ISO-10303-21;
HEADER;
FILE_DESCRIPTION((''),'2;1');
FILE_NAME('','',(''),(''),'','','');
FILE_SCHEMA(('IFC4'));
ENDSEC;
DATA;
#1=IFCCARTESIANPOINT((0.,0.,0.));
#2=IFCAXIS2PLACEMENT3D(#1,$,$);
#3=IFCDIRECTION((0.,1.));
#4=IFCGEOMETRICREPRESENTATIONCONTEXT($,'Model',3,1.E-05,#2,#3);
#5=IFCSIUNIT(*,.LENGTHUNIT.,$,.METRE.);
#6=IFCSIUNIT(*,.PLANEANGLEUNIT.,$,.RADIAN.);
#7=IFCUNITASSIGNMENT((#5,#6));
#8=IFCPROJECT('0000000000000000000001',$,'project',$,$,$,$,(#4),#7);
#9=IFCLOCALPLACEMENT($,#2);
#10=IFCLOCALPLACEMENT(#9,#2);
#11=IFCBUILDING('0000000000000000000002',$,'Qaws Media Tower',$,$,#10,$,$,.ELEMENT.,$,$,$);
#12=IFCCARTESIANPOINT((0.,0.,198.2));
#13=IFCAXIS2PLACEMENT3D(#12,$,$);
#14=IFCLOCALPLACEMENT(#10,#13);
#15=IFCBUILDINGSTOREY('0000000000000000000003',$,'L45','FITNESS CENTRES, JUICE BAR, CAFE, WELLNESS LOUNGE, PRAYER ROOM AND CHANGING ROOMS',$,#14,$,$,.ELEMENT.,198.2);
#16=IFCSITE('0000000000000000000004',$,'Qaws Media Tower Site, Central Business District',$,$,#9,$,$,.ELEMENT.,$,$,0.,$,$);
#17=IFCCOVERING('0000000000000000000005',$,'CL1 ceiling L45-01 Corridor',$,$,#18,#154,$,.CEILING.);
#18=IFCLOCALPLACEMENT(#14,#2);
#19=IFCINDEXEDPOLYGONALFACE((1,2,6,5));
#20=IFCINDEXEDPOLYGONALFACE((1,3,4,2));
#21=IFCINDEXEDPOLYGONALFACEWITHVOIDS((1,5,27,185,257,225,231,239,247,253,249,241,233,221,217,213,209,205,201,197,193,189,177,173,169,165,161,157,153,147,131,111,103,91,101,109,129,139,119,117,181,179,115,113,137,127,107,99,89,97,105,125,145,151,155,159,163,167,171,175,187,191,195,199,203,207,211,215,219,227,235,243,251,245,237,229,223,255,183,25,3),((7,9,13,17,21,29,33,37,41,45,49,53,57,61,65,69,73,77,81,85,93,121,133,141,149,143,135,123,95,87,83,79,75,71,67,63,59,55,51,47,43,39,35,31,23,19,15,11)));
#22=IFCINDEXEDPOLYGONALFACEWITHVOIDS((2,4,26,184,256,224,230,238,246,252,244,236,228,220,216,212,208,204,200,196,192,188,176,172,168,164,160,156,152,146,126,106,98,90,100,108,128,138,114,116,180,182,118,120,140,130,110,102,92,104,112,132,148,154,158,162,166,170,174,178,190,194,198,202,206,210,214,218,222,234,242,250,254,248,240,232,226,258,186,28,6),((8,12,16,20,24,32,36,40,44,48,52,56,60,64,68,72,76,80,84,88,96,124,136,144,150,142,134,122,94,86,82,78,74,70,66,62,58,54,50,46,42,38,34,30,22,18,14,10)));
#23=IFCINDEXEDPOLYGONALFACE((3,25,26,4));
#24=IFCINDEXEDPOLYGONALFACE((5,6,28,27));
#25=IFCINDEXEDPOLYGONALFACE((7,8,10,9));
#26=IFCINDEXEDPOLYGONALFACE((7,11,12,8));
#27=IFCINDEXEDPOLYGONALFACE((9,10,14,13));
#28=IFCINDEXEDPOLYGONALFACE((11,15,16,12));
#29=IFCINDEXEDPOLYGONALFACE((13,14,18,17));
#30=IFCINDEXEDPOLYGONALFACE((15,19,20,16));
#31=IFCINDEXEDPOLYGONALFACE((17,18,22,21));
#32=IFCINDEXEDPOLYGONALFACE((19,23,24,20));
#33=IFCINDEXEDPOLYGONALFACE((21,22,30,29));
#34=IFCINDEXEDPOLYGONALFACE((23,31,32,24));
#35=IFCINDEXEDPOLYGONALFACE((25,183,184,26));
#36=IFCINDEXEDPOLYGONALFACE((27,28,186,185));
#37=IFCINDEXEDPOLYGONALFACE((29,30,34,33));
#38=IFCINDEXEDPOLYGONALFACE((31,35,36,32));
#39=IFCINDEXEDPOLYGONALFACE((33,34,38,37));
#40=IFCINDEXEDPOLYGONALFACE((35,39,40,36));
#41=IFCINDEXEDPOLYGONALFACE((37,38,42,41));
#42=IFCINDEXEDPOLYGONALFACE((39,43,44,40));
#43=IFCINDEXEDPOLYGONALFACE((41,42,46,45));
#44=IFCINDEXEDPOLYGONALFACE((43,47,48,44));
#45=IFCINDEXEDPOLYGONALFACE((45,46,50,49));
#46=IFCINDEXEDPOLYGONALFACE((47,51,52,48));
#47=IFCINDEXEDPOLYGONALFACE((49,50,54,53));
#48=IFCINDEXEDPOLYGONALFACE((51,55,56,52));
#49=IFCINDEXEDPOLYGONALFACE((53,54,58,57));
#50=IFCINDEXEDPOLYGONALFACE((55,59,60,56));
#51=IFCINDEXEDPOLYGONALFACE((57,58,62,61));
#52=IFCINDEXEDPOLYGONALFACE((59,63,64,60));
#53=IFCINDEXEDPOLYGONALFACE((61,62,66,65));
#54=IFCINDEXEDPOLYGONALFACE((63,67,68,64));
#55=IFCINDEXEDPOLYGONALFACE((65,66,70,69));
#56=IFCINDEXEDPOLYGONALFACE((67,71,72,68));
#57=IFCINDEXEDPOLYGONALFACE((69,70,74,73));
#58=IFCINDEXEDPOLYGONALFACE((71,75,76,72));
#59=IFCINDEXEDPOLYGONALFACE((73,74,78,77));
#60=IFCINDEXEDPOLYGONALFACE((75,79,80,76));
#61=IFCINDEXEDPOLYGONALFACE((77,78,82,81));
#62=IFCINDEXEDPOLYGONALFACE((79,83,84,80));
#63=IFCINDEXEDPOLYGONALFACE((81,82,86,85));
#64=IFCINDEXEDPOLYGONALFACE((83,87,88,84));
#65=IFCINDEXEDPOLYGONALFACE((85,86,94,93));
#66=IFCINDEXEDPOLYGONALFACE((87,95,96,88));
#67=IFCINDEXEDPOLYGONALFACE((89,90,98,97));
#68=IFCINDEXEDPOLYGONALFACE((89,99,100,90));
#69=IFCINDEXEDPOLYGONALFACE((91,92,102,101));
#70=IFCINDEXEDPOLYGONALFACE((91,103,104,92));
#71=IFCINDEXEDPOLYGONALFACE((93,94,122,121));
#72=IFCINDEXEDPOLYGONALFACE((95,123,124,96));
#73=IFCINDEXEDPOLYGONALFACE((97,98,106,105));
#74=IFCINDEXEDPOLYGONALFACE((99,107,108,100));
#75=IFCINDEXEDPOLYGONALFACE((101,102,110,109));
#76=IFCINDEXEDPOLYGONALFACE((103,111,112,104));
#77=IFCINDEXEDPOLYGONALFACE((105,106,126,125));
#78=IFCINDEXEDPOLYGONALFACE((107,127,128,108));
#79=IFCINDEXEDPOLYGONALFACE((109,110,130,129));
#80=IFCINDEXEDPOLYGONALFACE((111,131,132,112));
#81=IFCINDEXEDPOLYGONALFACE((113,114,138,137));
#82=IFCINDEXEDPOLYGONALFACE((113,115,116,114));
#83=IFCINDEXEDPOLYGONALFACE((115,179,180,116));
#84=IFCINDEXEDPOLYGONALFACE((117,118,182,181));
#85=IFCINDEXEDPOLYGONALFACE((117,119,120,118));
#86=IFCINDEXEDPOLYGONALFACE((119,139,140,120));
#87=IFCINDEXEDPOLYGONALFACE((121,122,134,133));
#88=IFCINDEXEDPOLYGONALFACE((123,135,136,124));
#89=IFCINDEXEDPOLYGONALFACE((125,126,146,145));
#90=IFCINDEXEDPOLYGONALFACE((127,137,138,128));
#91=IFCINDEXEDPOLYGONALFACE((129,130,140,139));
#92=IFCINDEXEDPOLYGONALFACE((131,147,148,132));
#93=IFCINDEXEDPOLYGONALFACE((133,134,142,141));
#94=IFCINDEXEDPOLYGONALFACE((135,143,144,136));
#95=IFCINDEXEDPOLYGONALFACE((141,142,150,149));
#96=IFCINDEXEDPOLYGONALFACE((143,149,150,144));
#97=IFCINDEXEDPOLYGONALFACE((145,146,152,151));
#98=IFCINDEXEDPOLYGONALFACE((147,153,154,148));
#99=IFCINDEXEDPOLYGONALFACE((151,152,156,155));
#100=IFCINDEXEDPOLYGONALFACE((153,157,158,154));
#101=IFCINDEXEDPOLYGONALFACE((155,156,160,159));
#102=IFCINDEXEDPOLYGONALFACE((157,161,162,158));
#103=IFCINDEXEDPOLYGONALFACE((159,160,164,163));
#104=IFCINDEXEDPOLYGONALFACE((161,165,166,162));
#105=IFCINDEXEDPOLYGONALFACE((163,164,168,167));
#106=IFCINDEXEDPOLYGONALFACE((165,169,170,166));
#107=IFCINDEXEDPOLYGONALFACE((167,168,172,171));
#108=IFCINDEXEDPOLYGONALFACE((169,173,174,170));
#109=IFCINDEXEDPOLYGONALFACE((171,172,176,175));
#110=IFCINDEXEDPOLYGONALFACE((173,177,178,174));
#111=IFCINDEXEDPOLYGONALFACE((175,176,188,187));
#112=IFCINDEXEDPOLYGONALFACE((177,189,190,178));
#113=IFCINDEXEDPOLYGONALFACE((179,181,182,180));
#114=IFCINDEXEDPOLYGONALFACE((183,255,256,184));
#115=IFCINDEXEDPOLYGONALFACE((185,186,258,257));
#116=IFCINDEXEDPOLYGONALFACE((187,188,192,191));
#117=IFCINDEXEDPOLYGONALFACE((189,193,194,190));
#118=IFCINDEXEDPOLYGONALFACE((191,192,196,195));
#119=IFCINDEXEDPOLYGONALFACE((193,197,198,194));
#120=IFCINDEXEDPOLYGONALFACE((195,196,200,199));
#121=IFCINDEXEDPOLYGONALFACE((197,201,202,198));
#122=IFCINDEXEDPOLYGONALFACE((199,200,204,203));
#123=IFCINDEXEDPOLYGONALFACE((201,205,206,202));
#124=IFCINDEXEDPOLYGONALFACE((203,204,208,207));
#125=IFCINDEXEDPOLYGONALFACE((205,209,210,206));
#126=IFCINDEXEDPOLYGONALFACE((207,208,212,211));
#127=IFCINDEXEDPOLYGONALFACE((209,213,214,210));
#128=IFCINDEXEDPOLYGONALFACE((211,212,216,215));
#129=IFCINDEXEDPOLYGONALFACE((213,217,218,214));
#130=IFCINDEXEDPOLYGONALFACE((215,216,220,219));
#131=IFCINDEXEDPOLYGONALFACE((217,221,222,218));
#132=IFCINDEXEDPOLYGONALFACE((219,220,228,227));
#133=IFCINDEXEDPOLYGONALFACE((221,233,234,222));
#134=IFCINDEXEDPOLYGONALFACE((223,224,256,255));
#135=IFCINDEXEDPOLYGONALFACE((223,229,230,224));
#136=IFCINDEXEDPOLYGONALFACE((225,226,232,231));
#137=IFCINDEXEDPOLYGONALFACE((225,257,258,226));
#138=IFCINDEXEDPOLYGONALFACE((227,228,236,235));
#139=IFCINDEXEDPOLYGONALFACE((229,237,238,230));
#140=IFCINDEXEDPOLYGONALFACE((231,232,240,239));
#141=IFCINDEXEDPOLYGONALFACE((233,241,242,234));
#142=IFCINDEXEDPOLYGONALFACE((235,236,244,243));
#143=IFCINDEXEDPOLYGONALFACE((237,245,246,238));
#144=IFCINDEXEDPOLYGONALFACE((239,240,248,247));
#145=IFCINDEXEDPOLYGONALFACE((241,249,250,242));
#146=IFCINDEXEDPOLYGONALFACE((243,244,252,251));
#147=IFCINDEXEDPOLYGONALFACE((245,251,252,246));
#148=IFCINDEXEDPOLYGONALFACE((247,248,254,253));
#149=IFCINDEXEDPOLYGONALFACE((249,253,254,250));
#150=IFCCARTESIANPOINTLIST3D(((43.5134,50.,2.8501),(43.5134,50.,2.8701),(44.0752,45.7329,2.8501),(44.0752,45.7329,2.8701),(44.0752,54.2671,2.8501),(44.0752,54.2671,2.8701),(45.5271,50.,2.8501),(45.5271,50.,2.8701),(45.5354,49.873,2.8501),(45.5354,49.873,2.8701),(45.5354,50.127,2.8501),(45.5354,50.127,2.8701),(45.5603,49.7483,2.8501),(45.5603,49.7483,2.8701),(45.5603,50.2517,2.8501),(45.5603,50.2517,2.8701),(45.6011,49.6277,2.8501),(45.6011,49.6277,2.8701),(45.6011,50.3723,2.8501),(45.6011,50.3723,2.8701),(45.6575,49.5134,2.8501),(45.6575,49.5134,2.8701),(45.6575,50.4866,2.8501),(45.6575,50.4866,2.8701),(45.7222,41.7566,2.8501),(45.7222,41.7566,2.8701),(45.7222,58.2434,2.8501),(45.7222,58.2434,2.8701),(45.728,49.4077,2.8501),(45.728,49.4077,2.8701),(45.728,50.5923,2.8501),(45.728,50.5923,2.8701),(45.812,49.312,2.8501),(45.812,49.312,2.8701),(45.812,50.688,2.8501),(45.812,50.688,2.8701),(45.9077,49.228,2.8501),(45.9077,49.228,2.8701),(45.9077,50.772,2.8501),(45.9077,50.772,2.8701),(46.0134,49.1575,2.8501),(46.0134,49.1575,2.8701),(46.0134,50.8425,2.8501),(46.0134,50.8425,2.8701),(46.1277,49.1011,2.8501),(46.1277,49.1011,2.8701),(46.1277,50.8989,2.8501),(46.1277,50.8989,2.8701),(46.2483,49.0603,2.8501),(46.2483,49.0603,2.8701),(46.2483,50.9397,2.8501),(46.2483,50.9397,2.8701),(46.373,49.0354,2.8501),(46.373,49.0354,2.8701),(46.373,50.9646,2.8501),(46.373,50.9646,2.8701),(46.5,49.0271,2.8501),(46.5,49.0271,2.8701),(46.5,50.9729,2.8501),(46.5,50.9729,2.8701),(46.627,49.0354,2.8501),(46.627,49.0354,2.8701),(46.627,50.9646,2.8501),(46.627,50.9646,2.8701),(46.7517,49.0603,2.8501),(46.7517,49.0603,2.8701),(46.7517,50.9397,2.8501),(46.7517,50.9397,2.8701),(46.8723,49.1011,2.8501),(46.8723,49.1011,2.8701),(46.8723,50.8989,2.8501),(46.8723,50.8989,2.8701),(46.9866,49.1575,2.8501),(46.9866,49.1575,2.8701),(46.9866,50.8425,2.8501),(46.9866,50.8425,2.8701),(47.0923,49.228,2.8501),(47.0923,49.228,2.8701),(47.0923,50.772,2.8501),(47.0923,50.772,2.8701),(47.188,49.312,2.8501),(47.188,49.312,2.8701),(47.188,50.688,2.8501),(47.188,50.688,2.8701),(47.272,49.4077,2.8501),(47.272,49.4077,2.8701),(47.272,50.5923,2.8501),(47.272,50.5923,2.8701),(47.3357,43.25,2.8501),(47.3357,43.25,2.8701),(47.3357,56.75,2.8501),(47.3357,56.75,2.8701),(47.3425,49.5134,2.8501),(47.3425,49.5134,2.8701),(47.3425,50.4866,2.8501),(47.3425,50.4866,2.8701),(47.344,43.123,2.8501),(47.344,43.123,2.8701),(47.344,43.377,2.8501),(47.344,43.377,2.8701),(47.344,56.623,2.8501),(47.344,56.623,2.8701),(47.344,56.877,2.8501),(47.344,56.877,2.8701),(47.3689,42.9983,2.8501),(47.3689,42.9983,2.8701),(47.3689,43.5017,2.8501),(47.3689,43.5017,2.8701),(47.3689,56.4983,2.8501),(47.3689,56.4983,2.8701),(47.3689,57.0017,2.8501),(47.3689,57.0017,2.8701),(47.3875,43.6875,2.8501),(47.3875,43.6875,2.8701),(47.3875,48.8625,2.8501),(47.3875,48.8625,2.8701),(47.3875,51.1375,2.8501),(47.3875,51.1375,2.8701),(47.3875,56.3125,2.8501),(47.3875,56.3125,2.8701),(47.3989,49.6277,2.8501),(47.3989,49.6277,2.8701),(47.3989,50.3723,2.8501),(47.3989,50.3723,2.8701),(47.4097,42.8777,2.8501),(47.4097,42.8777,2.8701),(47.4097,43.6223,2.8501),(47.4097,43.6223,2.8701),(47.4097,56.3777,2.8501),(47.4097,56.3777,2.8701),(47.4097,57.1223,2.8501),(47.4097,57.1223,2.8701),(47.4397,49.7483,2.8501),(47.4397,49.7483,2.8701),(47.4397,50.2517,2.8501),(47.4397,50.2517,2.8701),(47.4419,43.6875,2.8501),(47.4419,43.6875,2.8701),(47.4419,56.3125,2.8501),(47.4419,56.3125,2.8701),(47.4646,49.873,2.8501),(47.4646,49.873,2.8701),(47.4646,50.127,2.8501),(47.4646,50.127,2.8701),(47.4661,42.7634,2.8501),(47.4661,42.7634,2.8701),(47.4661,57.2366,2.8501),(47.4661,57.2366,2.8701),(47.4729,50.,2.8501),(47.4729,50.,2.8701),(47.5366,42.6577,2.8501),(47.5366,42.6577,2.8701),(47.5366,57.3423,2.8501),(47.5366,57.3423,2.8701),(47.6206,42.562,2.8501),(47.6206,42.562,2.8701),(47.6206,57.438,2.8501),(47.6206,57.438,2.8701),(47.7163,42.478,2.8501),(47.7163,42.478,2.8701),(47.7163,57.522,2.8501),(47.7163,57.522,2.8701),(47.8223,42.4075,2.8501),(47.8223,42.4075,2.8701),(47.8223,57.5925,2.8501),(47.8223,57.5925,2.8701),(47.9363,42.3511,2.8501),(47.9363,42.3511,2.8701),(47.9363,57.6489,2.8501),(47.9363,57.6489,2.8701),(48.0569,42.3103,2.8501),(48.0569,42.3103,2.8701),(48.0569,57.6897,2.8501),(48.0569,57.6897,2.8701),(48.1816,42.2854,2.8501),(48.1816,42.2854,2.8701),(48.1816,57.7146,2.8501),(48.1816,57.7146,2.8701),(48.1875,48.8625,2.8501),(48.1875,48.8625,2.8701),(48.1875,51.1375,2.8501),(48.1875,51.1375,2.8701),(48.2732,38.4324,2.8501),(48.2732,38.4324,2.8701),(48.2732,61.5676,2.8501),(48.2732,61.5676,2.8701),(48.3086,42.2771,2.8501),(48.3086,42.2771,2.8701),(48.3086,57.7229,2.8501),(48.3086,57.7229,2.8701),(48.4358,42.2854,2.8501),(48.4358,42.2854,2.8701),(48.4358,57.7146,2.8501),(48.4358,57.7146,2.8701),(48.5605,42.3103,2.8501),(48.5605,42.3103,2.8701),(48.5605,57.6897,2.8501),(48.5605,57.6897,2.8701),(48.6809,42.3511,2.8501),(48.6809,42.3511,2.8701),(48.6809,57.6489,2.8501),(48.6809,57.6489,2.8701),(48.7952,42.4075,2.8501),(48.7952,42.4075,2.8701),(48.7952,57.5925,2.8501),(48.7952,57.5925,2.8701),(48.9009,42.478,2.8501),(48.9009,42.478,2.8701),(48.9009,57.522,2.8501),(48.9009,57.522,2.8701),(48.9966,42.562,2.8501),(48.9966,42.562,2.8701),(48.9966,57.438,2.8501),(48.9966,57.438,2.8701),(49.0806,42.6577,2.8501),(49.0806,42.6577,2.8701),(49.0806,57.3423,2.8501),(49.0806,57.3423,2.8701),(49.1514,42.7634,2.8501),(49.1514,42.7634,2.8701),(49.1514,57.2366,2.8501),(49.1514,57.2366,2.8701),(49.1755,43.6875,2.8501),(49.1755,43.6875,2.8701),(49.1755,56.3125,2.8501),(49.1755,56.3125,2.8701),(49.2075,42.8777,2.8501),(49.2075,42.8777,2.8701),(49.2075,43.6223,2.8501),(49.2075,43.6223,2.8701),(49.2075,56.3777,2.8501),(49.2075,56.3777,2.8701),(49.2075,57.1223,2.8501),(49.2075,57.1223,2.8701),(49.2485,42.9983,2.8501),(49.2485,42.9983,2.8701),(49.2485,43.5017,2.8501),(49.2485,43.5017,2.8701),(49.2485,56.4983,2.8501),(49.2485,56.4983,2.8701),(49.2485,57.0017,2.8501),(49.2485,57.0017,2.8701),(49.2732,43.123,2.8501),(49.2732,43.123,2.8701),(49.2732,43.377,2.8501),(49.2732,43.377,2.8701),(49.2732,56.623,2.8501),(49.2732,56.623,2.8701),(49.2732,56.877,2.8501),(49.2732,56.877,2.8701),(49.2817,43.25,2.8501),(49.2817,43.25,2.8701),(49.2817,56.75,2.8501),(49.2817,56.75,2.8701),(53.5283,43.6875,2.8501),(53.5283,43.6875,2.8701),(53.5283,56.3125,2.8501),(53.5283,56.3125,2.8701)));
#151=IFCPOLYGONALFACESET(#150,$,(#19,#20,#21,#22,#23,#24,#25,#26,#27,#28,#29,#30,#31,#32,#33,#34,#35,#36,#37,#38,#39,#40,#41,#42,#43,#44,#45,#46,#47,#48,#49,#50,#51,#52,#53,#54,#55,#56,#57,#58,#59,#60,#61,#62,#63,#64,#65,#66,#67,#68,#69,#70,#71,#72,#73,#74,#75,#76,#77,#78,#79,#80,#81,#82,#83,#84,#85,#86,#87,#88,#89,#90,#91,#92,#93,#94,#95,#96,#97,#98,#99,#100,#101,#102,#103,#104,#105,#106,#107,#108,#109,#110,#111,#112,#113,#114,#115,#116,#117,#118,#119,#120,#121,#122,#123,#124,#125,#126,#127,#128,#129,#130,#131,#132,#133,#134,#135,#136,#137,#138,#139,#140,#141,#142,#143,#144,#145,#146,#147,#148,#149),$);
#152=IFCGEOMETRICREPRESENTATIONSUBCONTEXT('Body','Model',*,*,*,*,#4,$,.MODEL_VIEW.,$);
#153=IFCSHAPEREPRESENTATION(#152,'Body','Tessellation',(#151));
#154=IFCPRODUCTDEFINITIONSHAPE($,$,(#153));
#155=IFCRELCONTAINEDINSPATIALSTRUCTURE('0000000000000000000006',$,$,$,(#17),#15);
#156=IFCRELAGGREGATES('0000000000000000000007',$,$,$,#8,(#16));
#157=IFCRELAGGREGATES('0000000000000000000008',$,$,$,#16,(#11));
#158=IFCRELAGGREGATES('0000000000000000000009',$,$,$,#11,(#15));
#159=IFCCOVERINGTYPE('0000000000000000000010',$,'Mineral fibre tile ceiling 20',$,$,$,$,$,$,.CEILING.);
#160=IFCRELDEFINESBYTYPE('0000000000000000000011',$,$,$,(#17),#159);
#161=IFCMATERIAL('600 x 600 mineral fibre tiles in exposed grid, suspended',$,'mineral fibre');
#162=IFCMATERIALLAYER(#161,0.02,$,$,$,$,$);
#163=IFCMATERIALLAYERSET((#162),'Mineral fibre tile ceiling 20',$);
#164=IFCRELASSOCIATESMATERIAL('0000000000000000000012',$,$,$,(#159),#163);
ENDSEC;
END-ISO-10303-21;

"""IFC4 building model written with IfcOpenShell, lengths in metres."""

from ifc_helpers import new_model, si_unit, direction, frame, origin, place, context, subcontext, project, spatial, polyline, outline, extrude, material, layer, layer_set, type_object, element, save


model = new_model("IFC4")

# Units and contexts
model_context = context("Model", 3, precision=1e-05, world=origin(), true_north=direction((0.0, 1.0)))
body_context = subcontext(model_context, "Body", "Model", "MODEL_VIEW")
ifc_project = project(units=[si_unit("LENGTHUNIT", "METRE"), si_unit("PLANEANGLEUNIT", "RADIAN")], contexts=[model_context])

# Site, building, storey
site_placement = place(None, origin())
site = spatial("IfcSite", under=ifc_project, at=site_placement, Name="Qaws Media Tower Site, Central Business District", CompositionType="ELEMENT", RefElevation=0.0)
building_placement = place(site_placement, origin())
building = spatial("IfcBuilding", under=site, at=building_placement, Name="Qaws Media Tower", CompositionType="ELEMENT")
storey_placement = place(building_placement, frame((0.0, 0.0, 198.2)))
storey = spatial("IfcBuildingStorey", under=building, at=storey_placement, Name="L45", Description="FITNESS CENTRES, JUICE BAR, CAFE, WELLNESS LOUNGE, PRAYER ROOM AND CHANGING ROOMS", CompositionType="ELEMENT", Elevation=198.2)

# Covering
ifc_material_1 = material(Name="600 x 600 mineral fibre tiles in exposed grid, suspended", Category="mineral fibre")
ifc_layer_1 = layer(ifc_material_1, 0.02)
ifc_layer_set_1 = layer_set([ifc_layer_1], Name="Mineral fibre tile ceiling 20")
covering_type_1 = type_object("IfcCoveringType", Name="Mineral fibre tile ceiling 20", PredefinedType="CEILING", material=ifc_layer_set_1)
covering_1_placement = place(storey_placement, frame((0.0, 0.0, 2.8501)))
element("IfcCovering", 1, at=covering_1_placement, inside=storey, type_object=covering_type_1, Name="CL1 ceiling L45-01 Corridor", PredefinedType="CEILING", context=body_context, shape_type="SweptSolid", body=[
    extrude(outline(polyline([(44.0752, 54.2671), (45.7222, 58.2434), (48.2732, 61.5676), (53.5283, 56.3125), (49.1755, 56.3125), (49.2075, 56.3777), (49.2485, 56.4983), (49.2732, 56.623), (49.2817, 56.75), (49.2732, 56.877), (49.2485, 57.0017), (49.2075, 57.1223), (49.1514, 57.2366), (49.0806, 57.3423), (48.9966, 57.438), (48.9009, 57.522), (48.7952, 57.5925), (48.6809, 57.6489), (48.5605, 57.6897), (48.4358, 57.7146), (48.3086, 57.7229), (48.1816, 57.7146), (48.0569, 57.6897), (47.9363, 57.6489), (47.8223, 57.5925), (47.7163, 57.522), (47.6206, 57.438), (47.5366, 57.3423), (47.4661, 57.2366), (47.4097, 57.1223), (47.3689, 57.0017), (47.344, 56.877), (47.3357, 56.75), (47.344, 56.623), (47.3689, 56.4983), (47.4097, 56.3777), (47.4419, 56.3125), (47.3875, 56.3125), (47.3875, 51.1375), (48.1875, 51.1375), (48.1875, 48.8625), (47.3875, 48.8625), (47.3875, 43.6875), (47.4419, 43.6875), (47.4097, 43.6223), (47.3689, 43.5017), (47.344, 43.377), (47.3357, 43.25), (47.344, 43.123), (47.3689, 42.9983), (47.4097, 42.8777), (47.4661, 42.7634), (47.5366, 42.6577), (47.6206, 42.562), (47.7163, 42.478), (47.8223, 42.4075), (47.9363, 42.3511), (48.0569, 42.3103), (48.1816, 42.2854), (48.3086, 42.2771), (48.4358, 42.2854), (48.5605, 42.3103), (48.6809, 42.3511), (48.7952, 42.4075), (48.9009, 42.478), (48.9966, 42.562), (49.0806, 42.6577), (49.1514, 42.7634), (49.2075, 42.8777), (49.2485, 42.9983), (49.2732, 43.123), (49.2817, 43.25), (49.2732, 43.377), (49.2485, 43.5017), (49.2075, 43.6223), (49.1755, 43.6875), (53.5283, 43.6875), (48.2732, 38.4324), (45.7222, 41.7566), (44.0752, 45.7329), (43.5134, 50.0), (44.0752, 54.2671)]), holes=[polyline([(47.3989, 49.6277), (47.4397, 49.7483), (47.4646, 49.873), (47.4729, 50.0), (47.4646, 50.127), (47.4397, 50.2517), (47.3989, 50.3723), (47.3425, 50.4866), (47.272, 50.5923), (47.188, 50.688), (47.0923, 50.772), (46.9866, 50.8425), (46.8723, 50.8989), (46.7517, 50.9397), (46.627, 50.9646), (46.5, 50.9729), (46.373, 50.9646), (46.2483, 50.9397), (46.1277, 50.8989), (46.0134, 50.8425), (45.9077, 50.772), (45.812, 50.688), (45.728, 50.5923), (45.6575, 50.4866), (45.6011, 50.3723), (45.5603, 50.2517), (45.5354, 50.127), (45.5271, 50.0), (45.5354, 49.873), (45.5603, 49.7483), (45.6011, 49.6277), (45.6575, 49.5134), (45.728, 49.4077), (45.812, 49.312), (45.9077, 49.228), (46.0134, 49.1575), (46.1277, 49.1011), (46.2483, 49.0603), (46.373, 49.0354), (46.5, 49.0271), (46.627, 49.0354), (46.7517, 49.0603), (46.8723, 49.1011), (46.9866, 49.1575), (47.0923, 49.228), (47.188, 49.312), (47.272, 49.4077), (47.3425, 49.5134), (47.3989, 49.6277)])]), origin(), (0.0, 0.0, 1.0), 0.02),
])

save(model, "model.ifc")
